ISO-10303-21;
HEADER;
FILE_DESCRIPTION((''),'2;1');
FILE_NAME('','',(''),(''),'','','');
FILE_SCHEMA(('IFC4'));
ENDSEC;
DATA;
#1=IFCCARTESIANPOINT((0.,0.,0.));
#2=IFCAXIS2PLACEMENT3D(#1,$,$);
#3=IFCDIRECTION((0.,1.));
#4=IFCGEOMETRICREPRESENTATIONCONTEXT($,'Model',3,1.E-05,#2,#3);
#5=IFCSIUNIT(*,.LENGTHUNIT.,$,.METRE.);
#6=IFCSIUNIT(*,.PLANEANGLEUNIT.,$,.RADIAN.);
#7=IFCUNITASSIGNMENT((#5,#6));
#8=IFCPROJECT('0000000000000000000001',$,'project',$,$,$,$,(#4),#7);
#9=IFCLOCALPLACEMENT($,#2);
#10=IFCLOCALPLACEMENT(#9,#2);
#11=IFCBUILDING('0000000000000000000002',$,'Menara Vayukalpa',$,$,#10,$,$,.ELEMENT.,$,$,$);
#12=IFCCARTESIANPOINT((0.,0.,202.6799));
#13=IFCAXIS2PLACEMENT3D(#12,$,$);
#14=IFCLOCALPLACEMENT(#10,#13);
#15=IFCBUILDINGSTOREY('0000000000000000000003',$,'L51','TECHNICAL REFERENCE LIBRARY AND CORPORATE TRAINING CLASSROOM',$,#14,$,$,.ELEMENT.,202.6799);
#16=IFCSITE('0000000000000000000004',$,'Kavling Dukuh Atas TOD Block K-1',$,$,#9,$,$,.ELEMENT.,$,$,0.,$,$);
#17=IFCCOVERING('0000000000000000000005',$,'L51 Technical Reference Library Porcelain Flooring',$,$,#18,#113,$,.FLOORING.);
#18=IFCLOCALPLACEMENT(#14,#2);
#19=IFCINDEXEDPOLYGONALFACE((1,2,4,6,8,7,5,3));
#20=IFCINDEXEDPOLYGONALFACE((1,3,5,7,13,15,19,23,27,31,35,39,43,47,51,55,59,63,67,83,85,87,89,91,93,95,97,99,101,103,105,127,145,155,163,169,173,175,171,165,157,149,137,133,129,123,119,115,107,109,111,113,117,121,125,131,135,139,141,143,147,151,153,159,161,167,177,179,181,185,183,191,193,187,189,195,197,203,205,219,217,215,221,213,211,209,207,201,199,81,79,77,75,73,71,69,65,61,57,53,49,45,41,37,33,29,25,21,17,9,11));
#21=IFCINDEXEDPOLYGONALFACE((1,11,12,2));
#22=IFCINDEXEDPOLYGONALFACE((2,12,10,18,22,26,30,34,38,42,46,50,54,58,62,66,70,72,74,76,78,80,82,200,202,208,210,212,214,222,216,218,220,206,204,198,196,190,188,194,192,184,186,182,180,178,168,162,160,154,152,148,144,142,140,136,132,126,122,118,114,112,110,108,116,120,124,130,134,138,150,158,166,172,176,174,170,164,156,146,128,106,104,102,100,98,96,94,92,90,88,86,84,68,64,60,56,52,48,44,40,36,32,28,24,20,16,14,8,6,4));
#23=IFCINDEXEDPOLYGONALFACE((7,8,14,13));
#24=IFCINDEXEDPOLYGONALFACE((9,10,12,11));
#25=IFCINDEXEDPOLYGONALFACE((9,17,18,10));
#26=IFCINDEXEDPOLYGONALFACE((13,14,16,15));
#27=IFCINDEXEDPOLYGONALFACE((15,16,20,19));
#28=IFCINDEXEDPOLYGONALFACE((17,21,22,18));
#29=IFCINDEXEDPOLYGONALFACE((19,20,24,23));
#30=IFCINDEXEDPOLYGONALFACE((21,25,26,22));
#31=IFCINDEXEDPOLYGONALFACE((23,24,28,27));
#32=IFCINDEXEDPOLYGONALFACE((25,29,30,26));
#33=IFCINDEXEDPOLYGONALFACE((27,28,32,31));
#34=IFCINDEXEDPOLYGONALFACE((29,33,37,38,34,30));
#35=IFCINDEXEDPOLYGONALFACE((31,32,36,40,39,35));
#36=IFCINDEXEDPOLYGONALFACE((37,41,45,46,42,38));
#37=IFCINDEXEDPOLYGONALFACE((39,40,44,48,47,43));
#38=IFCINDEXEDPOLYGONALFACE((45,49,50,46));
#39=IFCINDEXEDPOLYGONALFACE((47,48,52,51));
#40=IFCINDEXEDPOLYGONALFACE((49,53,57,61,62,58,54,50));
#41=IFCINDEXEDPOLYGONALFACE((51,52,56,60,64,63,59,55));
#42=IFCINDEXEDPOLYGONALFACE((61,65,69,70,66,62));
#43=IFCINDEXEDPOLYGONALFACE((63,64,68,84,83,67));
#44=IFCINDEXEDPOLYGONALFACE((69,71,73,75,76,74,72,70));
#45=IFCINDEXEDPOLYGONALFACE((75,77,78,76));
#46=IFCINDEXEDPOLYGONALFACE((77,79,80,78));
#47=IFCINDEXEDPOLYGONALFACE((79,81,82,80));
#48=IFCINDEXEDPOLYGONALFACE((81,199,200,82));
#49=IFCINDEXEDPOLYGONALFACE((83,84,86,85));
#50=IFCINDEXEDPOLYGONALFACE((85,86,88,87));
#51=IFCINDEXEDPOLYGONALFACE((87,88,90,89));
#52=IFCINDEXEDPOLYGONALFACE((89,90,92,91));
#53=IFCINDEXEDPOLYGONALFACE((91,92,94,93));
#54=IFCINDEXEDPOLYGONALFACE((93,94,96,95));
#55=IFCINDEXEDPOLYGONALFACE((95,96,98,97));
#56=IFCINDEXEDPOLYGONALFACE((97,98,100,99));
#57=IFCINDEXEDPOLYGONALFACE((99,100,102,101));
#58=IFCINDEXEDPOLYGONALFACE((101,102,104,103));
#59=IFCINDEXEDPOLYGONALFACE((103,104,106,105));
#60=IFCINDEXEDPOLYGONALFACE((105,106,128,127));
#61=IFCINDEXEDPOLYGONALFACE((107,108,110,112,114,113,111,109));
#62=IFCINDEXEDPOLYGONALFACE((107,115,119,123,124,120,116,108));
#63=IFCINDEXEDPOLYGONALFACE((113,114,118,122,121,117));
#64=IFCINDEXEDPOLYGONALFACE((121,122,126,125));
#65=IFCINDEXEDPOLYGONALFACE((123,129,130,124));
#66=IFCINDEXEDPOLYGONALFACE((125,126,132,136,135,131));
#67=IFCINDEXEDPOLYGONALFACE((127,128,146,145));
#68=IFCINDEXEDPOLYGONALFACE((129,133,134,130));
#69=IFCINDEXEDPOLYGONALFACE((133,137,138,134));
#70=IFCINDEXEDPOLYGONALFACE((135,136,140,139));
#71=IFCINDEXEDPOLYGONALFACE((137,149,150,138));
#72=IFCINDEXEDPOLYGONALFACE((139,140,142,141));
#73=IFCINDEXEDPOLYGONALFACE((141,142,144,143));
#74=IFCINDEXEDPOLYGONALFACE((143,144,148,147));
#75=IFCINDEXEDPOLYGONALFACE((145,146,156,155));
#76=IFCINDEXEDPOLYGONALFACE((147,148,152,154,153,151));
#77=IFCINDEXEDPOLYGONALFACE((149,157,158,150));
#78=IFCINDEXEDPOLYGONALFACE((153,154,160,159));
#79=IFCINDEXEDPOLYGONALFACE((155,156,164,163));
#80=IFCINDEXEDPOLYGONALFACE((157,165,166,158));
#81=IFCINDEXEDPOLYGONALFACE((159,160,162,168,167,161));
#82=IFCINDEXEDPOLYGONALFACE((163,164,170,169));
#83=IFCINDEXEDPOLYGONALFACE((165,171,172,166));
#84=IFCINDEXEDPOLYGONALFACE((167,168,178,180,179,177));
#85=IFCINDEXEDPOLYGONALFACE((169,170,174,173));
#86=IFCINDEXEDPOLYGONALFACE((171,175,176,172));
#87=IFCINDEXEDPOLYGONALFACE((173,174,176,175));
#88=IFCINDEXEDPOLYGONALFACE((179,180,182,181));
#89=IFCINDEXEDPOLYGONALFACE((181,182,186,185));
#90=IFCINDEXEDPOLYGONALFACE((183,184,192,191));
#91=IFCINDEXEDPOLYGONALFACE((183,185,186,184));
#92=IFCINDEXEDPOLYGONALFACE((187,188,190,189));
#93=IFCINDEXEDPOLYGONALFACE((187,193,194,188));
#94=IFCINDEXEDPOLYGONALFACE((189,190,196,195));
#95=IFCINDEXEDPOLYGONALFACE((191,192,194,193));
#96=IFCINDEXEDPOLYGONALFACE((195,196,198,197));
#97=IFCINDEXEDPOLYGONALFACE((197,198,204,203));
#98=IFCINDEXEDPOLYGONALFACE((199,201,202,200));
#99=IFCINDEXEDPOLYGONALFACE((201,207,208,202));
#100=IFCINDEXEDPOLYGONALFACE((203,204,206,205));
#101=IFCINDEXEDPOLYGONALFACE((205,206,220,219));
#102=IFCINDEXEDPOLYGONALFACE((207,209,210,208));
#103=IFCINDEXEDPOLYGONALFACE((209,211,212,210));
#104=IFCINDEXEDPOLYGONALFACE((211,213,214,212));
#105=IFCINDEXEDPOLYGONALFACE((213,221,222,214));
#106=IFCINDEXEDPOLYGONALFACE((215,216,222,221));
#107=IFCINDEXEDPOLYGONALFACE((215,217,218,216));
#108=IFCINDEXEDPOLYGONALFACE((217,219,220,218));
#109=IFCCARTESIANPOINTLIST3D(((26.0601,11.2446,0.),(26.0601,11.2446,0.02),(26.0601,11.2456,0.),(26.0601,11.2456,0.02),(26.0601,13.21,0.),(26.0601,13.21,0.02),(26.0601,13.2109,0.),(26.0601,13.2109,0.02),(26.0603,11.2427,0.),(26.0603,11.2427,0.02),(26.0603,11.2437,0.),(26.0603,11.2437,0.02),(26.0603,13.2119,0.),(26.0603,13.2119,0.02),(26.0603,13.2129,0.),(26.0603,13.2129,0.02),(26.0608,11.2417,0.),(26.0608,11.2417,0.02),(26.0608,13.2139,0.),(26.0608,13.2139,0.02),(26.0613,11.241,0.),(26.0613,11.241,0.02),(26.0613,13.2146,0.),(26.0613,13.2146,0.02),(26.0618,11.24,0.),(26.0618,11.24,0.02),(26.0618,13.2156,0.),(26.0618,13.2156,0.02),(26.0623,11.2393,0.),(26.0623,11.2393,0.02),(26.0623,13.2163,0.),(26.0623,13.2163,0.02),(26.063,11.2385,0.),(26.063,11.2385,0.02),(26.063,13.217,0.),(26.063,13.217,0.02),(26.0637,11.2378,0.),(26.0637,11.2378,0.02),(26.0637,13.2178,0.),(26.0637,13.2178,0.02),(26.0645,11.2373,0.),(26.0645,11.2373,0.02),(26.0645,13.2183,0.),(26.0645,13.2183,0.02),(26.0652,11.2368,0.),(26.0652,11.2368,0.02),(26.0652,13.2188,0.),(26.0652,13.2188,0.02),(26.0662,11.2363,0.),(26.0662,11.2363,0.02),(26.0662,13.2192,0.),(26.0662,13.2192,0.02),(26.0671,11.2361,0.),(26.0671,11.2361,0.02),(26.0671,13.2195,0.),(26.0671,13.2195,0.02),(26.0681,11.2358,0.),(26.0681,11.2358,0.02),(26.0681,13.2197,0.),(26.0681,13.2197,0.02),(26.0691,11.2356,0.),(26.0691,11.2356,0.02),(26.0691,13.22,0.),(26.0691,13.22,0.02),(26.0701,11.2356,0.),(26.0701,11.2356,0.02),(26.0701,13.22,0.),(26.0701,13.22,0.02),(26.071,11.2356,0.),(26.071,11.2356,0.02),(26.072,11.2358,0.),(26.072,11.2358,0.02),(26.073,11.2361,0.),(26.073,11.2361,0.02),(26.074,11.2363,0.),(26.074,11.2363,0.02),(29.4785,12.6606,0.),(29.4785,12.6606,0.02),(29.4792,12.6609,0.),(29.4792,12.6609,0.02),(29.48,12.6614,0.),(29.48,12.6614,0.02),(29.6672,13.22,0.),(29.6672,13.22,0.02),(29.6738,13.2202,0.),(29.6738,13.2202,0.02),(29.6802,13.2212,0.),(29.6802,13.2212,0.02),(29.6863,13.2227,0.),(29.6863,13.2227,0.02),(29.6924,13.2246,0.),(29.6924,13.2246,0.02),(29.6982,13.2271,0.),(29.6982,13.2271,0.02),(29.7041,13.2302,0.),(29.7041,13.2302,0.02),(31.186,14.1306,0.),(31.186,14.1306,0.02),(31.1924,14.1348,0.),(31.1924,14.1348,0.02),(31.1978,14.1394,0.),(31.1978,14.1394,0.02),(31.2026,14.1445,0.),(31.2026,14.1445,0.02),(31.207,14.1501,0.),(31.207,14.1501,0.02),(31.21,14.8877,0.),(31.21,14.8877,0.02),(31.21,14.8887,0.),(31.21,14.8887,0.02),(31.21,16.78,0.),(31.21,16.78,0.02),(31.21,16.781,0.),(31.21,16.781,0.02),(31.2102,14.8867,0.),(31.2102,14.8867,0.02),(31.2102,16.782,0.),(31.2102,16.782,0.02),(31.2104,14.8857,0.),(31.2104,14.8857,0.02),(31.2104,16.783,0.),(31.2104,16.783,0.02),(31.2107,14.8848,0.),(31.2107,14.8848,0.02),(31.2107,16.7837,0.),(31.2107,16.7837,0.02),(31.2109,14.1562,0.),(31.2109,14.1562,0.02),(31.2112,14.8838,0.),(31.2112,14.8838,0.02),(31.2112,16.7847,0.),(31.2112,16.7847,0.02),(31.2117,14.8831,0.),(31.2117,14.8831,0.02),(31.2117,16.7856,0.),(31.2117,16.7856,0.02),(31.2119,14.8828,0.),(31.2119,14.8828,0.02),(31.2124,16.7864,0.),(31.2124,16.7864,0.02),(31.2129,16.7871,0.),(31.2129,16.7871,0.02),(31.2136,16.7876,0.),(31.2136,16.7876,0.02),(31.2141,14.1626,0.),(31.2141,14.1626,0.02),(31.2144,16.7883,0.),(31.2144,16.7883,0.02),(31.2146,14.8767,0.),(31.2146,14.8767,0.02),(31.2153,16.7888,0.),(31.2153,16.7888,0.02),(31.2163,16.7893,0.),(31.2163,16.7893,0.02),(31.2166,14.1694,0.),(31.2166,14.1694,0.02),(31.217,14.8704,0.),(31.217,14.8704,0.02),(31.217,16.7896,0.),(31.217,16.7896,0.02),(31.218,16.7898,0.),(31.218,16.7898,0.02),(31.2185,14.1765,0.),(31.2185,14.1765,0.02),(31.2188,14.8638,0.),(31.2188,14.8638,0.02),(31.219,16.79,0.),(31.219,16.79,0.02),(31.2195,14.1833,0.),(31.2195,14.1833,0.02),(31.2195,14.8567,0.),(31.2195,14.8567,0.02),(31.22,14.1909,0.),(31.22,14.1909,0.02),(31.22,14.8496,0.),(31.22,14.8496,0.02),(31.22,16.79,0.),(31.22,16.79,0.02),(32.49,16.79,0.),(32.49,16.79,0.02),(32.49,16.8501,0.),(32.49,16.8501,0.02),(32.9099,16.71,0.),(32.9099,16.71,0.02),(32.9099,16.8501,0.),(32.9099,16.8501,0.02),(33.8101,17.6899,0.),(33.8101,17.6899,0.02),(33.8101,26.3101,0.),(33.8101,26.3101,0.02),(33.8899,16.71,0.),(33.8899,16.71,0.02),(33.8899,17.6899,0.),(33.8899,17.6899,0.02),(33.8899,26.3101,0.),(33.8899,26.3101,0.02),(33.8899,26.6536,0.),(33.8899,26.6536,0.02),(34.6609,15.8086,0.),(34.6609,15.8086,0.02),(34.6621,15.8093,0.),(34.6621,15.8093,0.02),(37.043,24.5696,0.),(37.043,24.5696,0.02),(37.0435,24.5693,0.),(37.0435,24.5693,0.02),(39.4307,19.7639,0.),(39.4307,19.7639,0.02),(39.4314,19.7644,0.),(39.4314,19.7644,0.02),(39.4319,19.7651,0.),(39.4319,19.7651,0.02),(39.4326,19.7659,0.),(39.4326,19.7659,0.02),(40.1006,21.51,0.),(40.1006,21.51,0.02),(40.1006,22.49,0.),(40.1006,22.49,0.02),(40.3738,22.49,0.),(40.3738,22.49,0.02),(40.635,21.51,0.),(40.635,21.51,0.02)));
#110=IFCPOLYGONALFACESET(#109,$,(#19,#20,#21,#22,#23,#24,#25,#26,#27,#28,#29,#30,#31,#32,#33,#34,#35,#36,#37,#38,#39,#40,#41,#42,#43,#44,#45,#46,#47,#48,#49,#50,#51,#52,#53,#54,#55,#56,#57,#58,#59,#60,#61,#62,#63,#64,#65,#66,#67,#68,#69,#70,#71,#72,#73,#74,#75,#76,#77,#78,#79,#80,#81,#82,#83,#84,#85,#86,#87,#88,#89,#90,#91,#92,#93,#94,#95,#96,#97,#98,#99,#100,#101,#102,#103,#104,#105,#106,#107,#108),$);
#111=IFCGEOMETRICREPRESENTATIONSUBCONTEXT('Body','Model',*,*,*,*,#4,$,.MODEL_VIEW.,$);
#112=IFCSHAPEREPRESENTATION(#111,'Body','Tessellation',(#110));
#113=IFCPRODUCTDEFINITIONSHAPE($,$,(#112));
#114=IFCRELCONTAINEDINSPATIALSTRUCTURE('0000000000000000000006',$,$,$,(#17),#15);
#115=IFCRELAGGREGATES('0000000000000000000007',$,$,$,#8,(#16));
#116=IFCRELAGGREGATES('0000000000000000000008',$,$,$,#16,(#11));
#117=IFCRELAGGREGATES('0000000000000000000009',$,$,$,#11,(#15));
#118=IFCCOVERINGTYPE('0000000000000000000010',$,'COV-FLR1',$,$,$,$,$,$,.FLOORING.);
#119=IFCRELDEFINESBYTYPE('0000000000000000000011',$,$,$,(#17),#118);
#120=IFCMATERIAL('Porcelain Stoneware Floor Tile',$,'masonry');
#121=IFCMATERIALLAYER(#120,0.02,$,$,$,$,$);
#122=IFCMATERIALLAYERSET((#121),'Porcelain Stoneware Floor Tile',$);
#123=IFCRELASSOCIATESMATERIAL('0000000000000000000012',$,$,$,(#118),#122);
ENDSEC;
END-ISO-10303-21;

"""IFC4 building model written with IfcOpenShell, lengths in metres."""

from ifc_helpers import new_model, si_unit, direction, frame, origin, place, context, subcontext, project, spatial, polyline, outline, extrude, material, layer, layer_set, type_object, element, save


model = new_model("IFC4")

# Units and contexts
model_context = context("Model", 3, precision=1e-05, world=origin(), true_north=direction((0.0, 1.0)))
body_context = subcontext(model_context, "Body", "Model", "MODEL_VIEW")
ifc_project = project(units=[si_unit("LENGTHUNIT", "METRE"), si_unit("PLANEANGLEUNIT", "RADIAN")], contexts=[model_context])

# Site, building, storey
site_placement = place(None, origin())
site = spatial("IfcSite", under=ifc_project, at=site_placement, Name="Kavling Dukuh Atas TOD Block K-1", CompositionType="ELEMENT", RefElevation=0.0)
building_placement = place(site_placement, origin())
building = spatial("IfcBuilding", under=site, at=building_placement, Name="Menara Vayukalpa", CompositionType="ELEMENT")
storey_placement = place(building_placement, frame((0.0, 0.0, 202.6799)))
storey = spatial("IfcBuildingStorey", under=building, at=storey_placement, Name="L51", Description="TECHNICAL REFERENCE LIBRARY AND CORPORATE TRAINING CLASSROOM", CompositionType="ELEMENT", Elevation=202.6799)

# Covering
ifc_material_1 = material(Name="Porcelain Stoneware Floor Tile", Category="masonry")
ifc_layer_1 = layer(ifc_material_1, 0.02)
ifc_layer_set_1 = layer_set([ifc_layer_1], Name="Porcelain Stoneware Floor Tile")
covering_type_1 = type_object("IfcCoveringType", Name="COV-FLR1", PredefinedType="FLOORING", material=ifc_layer_set_1)
covering_1_placement = place(storey_placement, origin())
element("IfcCovering", 1, at=covering_1_placement, inside=storey, type_object=covering_type_1, Name="L51 Technical Reference Library Porcelain Flooring", PredefinedType="FLOORING", context=body_context, shape_type="SweptSolid", body=[
    extrude(outline(polyline([(33.8101, 26.3101), (33.8899, 26.3101), (33.8899, 26.6536), (37.043, 24.5696), (37.0435, 24.5693), (37.0435, 24.5693), (40.3738, 22.49), (40.1006, 22.49), (40.1006, 21.51), (40.635, 21.51), (39.4326, 19.7659), (39.4319, 19.7651), (39.4314, 19.7644), (39.4307, 19.7639), (34.6621, 15.8093), (34.6609, 15.8086), (29.48, 12.6614), (29.4792, 12.6609), (29.4785, 12.6606), (26.074, 11.2363), (26.073, 11.2361), (26.072, 11.2358), (26.071, 11.2356), (26.0701, 11.2356), (26.0691, 11.2356), (26.0681, 11.2358), (26.0671, 11.2361), (26.0662, 11.2363), (26.0652, 11.2368), (26.0645, 11.2373), (26.0637, 11.2378), (26.063, 11.2385), (26.0623, 11.2393), (26.0618, 11.24), (26.0613, 11.241), (26.0608, 11.2417), (26.0603, 11.2427), (26.0603, 11.2437), (26.0601, 11.2446), (26.0601, 11.2456), (26.0601, 13.21), (26.0601, 13.2109), (26.0603, 13.2119), (26.0603, 13.2129), (26.0608, 13.2139), (26.0613, 13.2146), (26.0618, 13.2156), (26.0623, 13.2163), (26.063, 13.217), (26.0637, 13.2178), (26.0645, 13.2183), (26.0652, 13.2188), (26.0662, 13.2192), (26.0671, 13.2195), (26.0681, 13.2197), (26.0691, 13.22), (26.0701, 13.22), (29.6672, 13.22), (29.6738, 13.2202), (29.6802, 13.2212), (29.6863, 13.2227), (29.6924, 13.2246), (29.6982, 13.2271), (29.7041, 13.2302), (31.186, 14.1306), (31.1924, 14.1348), (31.1978, 14.1394), (31.2026, 14.1445), (31.207, 14.1501), (31.2109, 14.1562), (31.2141, 14.1626), (31.2166, 14.1694), (31.2185, 14.1765), (31.2195, 14.1833), (31.22, 14.1909), (31.22, 14.8496), (31.2195, 14.8567), (31.2188, 14.8638), (31.217, 14.8704), (31.2146, 14.8767), (31.2119, 14.8828), (31.2117, 14.8831), (31.2112, 14.8838), (31.2107, 14.8848), (31.2104, 14.8857), (31.2102, 14.8867), (31.21, 14.8877), (31.21, 14.8887), (31.21, 16.78), (31.21, 16.781), (31.2102, 16.782), (31.2104, 16.783), (31.2107, 16.7837), (31.2112, 16.7847), (31.2117, 16.7856), (31.2124, 16.7864), (31.2129, 16.7871), (31.2136, 16.7876), (31.2144, 16.7883), (31.2153, 16.7888), (31.2163, 16.7893), (31.217, 16.7896), (31.218, 16.7898), (31.219, 16.79), (31.22, 16.79), (32.49, 16.79), (32.49, 16.8501), (32.9099, 16.8501), (32.9099, 16.71), (33.8899, 16.71), (33.8899, 17.6899), (33.8101, 17.6899), (33.8101, 26.3101)])), origin(), (0.0, 0.0, 1.0), 0.02),
])

save(model, "model.ifc")
